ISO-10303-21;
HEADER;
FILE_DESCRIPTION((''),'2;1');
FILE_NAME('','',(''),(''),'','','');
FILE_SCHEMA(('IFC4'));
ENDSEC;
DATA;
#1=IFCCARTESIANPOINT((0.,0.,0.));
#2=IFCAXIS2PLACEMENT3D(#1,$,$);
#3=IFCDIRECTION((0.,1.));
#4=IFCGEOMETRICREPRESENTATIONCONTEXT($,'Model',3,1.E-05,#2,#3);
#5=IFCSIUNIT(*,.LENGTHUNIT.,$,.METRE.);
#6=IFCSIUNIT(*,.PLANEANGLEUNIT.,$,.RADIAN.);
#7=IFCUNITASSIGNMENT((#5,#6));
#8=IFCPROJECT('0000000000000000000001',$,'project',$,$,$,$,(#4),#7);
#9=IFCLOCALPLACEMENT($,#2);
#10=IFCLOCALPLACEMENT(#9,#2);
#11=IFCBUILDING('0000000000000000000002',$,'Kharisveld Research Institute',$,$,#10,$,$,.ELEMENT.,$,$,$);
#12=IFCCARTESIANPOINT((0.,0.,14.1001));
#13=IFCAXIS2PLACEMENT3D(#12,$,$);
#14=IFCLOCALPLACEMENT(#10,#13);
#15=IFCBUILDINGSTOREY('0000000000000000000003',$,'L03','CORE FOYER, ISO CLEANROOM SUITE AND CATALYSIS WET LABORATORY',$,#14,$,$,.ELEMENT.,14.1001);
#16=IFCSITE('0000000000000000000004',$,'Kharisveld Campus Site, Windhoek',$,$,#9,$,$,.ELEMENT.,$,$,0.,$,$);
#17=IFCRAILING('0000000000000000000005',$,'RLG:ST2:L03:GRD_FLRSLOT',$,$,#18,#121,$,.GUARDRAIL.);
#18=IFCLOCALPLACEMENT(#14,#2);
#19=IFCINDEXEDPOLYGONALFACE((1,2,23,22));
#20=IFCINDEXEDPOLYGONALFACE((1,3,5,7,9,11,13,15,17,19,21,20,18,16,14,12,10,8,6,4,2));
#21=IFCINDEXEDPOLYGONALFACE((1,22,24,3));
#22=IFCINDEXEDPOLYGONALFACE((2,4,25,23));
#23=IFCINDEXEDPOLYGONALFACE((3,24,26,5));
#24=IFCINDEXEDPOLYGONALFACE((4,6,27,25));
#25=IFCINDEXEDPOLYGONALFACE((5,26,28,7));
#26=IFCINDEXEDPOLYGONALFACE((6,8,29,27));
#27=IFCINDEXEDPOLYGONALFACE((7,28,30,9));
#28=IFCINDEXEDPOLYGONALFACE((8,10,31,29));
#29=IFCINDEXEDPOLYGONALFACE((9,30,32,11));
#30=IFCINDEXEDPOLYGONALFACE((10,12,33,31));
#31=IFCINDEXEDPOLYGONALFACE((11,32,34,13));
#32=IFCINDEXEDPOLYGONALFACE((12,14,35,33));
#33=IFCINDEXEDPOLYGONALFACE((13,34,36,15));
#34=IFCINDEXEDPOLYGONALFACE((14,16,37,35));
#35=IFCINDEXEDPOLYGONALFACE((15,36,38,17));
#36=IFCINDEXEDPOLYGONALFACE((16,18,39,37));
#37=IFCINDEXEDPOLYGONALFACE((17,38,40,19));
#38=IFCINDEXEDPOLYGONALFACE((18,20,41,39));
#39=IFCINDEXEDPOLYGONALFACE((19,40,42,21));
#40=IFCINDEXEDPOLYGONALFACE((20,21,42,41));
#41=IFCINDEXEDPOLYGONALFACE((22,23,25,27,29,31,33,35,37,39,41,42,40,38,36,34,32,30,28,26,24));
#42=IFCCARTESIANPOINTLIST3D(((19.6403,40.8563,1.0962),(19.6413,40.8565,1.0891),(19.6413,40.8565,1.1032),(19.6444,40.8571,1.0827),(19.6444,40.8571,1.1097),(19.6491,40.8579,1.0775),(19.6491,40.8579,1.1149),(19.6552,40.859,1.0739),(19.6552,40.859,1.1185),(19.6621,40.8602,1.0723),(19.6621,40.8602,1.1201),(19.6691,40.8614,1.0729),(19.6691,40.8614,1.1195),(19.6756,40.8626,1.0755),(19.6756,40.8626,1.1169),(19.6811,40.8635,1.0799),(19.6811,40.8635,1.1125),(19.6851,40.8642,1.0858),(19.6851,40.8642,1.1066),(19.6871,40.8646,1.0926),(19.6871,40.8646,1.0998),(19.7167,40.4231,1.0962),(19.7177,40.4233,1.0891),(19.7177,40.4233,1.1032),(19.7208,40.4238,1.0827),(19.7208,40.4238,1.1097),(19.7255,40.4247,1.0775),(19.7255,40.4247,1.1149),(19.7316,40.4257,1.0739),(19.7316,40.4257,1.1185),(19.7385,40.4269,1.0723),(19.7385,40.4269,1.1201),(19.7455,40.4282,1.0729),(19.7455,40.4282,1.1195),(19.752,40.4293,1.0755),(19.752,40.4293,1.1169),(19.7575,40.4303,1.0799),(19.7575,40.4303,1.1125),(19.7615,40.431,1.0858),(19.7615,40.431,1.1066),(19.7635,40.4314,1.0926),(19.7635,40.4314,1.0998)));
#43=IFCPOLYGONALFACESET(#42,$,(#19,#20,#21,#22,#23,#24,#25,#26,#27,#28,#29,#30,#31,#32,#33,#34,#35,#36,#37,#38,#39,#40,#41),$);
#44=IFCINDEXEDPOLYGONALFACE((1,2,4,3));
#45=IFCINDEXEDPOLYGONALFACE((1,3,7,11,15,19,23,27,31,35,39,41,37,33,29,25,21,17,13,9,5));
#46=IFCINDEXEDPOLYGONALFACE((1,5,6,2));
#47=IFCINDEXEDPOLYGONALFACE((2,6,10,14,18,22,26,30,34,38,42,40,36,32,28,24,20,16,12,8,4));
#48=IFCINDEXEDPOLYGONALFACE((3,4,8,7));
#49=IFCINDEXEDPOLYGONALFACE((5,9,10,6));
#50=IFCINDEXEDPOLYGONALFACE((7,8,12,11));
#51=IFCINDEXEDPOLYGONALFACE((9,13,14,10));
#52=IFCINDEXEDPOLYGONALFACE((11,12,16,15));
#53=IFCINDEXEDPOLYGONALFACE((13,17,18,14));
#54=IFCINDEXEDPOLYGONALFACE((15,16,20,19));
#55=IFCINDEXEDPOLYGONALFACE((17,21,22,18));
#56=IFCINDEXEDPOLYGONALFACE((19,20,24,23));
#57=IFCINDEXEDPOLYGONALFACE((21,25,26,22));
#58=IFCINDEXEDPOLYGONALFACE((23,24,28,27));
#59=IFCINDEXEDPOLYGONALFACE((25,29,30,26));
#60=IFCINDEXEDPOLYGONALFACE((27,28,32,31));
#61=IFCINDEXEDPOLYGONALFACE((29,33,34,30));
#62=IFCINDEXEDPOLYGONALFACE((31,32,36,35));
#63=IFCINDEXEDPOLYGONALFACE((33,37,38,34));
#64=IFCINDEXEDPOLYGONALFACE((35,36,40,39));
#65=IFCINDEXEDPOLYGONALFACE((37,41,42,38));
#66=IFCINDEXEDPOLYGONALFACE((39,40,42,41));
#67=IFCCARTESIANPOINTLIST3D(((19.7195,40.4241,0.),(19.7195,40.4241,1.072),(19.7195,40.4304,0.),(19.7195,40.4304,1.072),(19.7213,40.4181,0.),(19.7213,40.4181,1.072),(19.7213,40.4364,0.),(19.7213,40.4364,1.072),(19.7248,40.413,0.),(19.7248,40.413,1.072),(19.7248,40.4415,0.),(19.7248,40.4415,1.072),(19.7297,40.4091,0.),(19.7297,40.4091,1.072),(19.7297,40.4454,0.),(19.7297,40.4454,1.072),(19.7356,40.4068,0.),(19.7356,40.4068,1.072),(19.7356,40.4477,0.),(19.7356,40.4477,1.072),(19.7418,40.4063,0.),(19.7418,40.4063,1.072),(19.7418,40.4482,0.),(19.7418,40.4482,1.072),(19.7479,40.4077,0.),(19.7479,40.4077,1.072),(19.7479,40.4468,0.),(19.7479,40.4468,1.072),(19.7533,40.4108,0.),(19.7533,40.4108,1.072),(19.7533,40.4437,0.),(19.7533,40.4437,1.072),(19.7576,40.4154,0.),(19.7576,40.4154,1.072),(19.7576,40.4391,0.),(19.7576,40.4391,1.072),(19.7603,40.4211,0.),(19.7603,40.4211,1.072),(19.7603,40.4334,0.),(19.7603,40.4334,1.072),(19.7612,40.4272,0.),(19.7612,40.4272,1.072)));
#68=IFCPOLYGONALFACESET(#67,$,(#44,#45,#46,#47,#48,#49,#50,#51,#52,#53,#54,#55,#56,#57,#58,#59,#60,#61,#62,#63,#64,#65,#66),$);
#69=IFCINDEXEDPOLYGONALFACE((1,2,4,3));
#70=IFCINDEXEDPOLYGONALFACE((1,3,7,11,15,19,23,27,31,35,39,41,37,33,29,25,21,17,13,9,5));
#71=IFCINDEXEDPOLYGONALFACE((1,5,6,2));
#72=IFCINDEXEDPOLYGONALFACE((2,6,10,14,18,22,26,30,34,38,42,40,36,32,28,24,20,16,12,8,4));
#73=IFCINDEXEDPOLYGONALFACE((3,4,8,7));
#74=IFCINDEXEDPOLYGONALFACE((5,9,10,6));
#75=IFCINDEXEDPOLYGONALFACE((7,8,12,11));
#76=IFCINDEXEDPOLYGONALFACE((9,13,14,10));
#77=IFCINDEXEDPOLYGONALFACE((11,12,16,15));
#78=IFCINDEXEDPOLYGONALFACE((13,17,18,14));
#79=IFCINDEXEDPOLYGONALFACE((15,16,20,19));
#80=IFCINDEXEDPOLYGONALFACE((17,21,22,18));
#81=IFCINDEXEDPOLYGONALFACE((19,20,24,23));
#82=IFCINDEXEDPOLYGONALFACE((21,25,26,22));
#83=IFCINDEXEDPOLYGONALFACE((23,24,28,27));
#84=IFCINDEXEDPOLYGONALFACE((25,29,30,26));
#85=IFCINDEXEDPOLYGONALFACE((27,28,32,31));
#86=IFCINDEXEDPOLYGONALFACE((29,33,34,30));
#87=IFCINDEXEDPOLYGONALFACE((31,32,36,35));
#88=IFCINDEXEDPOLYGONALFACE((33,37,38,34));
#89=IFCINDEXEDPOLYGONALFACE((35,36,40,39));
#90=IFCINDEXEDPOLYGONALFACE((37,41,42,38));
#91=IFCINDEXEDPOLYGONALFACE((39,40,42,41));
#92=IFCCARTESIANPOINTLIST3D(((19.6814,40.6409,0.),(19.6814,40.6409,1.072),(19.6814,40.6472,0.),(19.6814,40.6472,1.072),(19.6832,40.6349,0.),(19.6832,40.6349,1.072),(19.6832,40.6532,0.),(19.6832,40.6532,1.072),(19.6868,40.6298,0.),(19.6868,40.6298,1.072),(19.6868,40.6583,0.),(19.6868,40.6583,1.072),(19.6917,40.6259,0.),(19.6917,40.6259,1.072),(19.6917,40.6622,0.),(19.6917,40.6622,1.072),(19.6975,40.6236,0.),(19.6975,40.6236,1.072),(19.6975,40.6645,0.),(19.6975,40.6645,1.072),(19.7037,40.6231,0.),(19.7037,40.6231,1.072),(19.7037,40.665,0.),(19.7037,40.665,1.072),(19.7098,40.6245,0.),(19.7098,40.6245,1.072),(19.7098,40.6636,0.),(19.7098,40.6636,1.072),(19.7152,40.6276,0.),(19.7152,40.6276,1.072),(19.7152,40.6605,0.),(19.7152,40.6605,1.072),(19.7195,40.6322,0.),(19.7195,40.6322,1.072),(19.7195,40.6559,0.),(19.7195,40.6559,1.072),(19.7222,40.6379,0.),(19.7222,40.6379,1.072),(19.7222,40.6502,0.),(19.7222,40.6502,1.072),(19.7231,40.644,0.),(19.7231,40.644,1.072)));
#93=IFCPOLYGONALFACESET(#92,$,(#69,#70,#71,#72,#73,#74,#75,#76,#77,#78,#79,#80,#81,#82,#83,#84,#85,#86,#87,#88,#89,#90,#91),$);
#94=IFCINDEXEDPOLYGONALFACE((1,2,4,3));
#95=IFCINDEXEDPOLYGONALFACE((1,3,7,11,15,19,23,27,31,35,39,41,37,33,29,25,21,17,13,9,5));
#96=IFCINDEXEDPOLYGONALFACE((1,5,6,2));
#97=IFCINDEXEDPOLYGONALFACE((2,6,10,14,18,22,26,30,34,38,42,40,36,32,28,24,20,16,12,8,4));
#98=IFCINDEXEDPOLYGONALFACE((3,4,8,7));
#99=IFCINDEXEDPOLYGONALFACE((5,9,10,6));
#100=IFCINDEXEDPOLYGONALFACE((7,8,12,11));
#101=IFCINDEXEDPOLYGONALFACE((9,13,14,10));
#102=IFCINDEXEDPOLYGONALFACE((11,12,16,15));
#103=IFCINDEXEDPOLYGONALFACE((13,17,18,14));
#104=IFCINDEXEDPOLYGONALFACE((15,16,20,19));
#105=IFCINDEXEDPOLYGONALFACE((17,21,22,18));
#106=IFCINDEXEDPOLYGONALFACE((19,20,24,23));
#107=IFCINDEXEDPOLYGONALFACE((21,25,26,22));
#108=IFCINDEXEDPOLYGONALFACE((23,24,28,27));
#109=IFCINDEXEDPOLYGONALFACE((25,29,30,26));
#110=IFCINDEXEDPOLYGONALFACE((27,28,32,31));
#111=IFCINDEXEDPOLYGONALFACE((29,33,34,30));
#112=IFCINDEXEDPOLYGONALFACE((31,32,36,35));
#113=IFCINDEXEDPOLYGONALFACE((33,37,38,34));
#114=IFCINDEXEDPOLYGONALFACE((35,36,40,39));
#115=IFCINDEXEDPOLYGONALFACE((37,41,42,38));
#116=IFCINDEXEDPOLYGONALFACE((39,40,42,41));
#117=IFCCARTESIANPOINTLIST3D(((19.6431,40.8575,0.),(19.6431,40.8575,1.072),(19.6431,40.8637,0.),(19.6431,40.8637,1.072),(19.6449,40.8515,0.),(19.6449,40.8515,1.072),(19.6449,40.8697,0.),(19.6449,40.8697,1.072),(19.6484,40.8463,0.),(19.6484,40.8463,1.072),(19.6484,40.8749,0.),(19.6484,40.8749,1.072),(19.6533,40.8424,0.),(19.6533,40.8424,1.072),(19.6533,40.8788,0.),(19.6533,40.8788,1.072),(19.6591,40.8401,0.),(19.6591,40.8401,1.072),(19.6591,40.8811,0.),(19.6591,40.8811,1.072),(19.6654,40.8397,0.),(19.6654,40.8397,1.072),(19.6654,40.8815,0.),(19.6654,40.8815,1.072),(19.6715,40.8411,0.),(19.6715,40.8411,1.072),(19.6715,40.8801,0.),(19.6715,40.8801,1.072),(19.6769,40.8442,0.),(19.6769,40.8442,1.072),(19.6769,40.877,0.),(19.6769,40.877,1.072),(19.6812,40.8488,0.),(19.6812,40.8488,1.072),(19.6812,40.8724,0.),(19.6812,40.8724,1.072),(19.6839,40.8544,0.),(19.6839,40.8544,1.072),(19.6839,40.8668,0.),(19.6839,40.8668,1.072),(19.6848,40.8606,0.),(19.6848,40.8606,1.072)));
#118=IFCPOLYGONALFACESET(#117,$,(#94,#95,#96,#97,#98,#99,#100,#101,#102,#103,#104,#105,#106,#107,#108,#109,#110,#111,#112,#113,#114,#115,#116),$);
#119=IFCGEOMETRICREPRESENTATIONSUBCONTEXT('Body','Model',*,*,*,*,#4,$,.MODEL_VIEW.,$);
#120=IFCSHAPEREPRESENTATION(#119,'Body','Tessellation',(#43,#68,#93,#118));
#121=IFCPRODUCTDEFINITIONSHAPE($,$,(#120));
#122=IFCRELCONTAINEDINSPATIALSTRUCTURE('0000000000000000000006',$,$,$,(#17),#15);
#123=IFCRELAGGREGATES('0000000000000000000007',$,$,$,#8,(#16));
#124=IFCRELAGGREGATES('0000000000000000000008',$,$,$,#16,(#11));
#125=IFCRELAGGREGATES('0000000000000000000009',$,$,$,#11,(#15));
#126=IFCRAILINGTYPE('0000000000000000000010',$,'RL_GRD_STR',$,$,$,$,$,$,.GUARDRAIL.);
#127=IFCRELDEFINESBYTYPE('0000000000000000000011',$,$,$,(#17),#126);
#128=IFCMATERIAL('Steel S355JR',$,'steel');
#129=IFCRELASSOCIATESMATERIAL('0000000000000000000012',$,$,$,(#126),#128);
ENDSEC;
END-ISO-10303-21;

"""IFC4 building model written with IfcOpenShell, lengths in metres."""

from ifc_helpers import new_model, si_unit, direction, frame, origin, origin_2d, place, context, subcontext, project, spatial, circle, extrude, material, type_object, element, save


model = new_model("IFC4")

# Units and contexts
model_context = context("Model", 3, precision=1e-05, world=origin(), true_north=direction((0.0, 1.0)))
body_context = subcontext(model_context, "Body", "Model", "MODEL_VIEW")
ifc_project = project(units=[si_unit("LENGTHUNIT", "METRE"), si_unit("PLANEANGLEUNIT", "RADIAN")], contexts=[model_context])

# Site, building, storey
site_placement = place(None, origin())
site = spatial("IfcSite", under=ifc_project, at=site_placement, Name="Kharisveld Campus Site, Windhoek", CompositionType="ELEMENT", RefElevation=0.0)
building_placement = place(site_placement, origin())
building = spatial("IfcBuilding", under=site, at=building_placement, Name="Kharisveld Research Institute", CompositionType="ELEMENT")
storey_placement = place(building_placement, frame((0.0, 0.0, 14.1001)))
storey = spatial("IfcBuildingStorey", under=building, at=storey_placement, Name="L03", Description="CORE FOYER, ISO CLEANROOM SUITE AND CATALYSIS WET LABORATORY", CompositionType="ELEMENT", Elevation=14.1001)

# Railing
ifc_material_1 = material(Name="Steel S355JR", Category="steel")
railing_type_1 = type_object("IfcRailingType", Name="RL_GRD_STR", PredefinedType="GUARDRAIL", material=ifc_material_1)
railing_1_placement = place(storey_placement, frame((19.7402, 40.4272, 0.0)))
element("IfcRailing", 1, at=railing_1_placement, inside=storey, type_object=railing_type_1, Name="RLG:ST2:L03:GRD_FLRSLOT", PredefinedType="GUARDRAIL", context=body_context, shape_type="SweptSolid", body=[
    extrude(circle(Radius=0.0239, at=origin_2d()), frame((0.0, 0.0, 1.0962), z_axis=(-0.173659, 0.984806, 0.0), x_axis=(-0.984806, -0.173659, 0.0)), (0.0, 0.0, 1.0), 0.4399),
    extrude(circle(Radius=0.021, at=origin_2d()), origin(), (0.0, 0.0, 1.0), 1.072),
    extrude(circle(Radius=0.021, at=origin_2d()), frame((-0.0381, 0.2168, 0.0)), (0.0, 0.0, 1.0), 1.072),
    extrude(circle(Radius=0.021, at=origin_2d()), frame((-0.0764, 0.4333, 0.0)), (0.0, 0.0, 1.0), 1.072),
])

save(model, "model.ifc")
